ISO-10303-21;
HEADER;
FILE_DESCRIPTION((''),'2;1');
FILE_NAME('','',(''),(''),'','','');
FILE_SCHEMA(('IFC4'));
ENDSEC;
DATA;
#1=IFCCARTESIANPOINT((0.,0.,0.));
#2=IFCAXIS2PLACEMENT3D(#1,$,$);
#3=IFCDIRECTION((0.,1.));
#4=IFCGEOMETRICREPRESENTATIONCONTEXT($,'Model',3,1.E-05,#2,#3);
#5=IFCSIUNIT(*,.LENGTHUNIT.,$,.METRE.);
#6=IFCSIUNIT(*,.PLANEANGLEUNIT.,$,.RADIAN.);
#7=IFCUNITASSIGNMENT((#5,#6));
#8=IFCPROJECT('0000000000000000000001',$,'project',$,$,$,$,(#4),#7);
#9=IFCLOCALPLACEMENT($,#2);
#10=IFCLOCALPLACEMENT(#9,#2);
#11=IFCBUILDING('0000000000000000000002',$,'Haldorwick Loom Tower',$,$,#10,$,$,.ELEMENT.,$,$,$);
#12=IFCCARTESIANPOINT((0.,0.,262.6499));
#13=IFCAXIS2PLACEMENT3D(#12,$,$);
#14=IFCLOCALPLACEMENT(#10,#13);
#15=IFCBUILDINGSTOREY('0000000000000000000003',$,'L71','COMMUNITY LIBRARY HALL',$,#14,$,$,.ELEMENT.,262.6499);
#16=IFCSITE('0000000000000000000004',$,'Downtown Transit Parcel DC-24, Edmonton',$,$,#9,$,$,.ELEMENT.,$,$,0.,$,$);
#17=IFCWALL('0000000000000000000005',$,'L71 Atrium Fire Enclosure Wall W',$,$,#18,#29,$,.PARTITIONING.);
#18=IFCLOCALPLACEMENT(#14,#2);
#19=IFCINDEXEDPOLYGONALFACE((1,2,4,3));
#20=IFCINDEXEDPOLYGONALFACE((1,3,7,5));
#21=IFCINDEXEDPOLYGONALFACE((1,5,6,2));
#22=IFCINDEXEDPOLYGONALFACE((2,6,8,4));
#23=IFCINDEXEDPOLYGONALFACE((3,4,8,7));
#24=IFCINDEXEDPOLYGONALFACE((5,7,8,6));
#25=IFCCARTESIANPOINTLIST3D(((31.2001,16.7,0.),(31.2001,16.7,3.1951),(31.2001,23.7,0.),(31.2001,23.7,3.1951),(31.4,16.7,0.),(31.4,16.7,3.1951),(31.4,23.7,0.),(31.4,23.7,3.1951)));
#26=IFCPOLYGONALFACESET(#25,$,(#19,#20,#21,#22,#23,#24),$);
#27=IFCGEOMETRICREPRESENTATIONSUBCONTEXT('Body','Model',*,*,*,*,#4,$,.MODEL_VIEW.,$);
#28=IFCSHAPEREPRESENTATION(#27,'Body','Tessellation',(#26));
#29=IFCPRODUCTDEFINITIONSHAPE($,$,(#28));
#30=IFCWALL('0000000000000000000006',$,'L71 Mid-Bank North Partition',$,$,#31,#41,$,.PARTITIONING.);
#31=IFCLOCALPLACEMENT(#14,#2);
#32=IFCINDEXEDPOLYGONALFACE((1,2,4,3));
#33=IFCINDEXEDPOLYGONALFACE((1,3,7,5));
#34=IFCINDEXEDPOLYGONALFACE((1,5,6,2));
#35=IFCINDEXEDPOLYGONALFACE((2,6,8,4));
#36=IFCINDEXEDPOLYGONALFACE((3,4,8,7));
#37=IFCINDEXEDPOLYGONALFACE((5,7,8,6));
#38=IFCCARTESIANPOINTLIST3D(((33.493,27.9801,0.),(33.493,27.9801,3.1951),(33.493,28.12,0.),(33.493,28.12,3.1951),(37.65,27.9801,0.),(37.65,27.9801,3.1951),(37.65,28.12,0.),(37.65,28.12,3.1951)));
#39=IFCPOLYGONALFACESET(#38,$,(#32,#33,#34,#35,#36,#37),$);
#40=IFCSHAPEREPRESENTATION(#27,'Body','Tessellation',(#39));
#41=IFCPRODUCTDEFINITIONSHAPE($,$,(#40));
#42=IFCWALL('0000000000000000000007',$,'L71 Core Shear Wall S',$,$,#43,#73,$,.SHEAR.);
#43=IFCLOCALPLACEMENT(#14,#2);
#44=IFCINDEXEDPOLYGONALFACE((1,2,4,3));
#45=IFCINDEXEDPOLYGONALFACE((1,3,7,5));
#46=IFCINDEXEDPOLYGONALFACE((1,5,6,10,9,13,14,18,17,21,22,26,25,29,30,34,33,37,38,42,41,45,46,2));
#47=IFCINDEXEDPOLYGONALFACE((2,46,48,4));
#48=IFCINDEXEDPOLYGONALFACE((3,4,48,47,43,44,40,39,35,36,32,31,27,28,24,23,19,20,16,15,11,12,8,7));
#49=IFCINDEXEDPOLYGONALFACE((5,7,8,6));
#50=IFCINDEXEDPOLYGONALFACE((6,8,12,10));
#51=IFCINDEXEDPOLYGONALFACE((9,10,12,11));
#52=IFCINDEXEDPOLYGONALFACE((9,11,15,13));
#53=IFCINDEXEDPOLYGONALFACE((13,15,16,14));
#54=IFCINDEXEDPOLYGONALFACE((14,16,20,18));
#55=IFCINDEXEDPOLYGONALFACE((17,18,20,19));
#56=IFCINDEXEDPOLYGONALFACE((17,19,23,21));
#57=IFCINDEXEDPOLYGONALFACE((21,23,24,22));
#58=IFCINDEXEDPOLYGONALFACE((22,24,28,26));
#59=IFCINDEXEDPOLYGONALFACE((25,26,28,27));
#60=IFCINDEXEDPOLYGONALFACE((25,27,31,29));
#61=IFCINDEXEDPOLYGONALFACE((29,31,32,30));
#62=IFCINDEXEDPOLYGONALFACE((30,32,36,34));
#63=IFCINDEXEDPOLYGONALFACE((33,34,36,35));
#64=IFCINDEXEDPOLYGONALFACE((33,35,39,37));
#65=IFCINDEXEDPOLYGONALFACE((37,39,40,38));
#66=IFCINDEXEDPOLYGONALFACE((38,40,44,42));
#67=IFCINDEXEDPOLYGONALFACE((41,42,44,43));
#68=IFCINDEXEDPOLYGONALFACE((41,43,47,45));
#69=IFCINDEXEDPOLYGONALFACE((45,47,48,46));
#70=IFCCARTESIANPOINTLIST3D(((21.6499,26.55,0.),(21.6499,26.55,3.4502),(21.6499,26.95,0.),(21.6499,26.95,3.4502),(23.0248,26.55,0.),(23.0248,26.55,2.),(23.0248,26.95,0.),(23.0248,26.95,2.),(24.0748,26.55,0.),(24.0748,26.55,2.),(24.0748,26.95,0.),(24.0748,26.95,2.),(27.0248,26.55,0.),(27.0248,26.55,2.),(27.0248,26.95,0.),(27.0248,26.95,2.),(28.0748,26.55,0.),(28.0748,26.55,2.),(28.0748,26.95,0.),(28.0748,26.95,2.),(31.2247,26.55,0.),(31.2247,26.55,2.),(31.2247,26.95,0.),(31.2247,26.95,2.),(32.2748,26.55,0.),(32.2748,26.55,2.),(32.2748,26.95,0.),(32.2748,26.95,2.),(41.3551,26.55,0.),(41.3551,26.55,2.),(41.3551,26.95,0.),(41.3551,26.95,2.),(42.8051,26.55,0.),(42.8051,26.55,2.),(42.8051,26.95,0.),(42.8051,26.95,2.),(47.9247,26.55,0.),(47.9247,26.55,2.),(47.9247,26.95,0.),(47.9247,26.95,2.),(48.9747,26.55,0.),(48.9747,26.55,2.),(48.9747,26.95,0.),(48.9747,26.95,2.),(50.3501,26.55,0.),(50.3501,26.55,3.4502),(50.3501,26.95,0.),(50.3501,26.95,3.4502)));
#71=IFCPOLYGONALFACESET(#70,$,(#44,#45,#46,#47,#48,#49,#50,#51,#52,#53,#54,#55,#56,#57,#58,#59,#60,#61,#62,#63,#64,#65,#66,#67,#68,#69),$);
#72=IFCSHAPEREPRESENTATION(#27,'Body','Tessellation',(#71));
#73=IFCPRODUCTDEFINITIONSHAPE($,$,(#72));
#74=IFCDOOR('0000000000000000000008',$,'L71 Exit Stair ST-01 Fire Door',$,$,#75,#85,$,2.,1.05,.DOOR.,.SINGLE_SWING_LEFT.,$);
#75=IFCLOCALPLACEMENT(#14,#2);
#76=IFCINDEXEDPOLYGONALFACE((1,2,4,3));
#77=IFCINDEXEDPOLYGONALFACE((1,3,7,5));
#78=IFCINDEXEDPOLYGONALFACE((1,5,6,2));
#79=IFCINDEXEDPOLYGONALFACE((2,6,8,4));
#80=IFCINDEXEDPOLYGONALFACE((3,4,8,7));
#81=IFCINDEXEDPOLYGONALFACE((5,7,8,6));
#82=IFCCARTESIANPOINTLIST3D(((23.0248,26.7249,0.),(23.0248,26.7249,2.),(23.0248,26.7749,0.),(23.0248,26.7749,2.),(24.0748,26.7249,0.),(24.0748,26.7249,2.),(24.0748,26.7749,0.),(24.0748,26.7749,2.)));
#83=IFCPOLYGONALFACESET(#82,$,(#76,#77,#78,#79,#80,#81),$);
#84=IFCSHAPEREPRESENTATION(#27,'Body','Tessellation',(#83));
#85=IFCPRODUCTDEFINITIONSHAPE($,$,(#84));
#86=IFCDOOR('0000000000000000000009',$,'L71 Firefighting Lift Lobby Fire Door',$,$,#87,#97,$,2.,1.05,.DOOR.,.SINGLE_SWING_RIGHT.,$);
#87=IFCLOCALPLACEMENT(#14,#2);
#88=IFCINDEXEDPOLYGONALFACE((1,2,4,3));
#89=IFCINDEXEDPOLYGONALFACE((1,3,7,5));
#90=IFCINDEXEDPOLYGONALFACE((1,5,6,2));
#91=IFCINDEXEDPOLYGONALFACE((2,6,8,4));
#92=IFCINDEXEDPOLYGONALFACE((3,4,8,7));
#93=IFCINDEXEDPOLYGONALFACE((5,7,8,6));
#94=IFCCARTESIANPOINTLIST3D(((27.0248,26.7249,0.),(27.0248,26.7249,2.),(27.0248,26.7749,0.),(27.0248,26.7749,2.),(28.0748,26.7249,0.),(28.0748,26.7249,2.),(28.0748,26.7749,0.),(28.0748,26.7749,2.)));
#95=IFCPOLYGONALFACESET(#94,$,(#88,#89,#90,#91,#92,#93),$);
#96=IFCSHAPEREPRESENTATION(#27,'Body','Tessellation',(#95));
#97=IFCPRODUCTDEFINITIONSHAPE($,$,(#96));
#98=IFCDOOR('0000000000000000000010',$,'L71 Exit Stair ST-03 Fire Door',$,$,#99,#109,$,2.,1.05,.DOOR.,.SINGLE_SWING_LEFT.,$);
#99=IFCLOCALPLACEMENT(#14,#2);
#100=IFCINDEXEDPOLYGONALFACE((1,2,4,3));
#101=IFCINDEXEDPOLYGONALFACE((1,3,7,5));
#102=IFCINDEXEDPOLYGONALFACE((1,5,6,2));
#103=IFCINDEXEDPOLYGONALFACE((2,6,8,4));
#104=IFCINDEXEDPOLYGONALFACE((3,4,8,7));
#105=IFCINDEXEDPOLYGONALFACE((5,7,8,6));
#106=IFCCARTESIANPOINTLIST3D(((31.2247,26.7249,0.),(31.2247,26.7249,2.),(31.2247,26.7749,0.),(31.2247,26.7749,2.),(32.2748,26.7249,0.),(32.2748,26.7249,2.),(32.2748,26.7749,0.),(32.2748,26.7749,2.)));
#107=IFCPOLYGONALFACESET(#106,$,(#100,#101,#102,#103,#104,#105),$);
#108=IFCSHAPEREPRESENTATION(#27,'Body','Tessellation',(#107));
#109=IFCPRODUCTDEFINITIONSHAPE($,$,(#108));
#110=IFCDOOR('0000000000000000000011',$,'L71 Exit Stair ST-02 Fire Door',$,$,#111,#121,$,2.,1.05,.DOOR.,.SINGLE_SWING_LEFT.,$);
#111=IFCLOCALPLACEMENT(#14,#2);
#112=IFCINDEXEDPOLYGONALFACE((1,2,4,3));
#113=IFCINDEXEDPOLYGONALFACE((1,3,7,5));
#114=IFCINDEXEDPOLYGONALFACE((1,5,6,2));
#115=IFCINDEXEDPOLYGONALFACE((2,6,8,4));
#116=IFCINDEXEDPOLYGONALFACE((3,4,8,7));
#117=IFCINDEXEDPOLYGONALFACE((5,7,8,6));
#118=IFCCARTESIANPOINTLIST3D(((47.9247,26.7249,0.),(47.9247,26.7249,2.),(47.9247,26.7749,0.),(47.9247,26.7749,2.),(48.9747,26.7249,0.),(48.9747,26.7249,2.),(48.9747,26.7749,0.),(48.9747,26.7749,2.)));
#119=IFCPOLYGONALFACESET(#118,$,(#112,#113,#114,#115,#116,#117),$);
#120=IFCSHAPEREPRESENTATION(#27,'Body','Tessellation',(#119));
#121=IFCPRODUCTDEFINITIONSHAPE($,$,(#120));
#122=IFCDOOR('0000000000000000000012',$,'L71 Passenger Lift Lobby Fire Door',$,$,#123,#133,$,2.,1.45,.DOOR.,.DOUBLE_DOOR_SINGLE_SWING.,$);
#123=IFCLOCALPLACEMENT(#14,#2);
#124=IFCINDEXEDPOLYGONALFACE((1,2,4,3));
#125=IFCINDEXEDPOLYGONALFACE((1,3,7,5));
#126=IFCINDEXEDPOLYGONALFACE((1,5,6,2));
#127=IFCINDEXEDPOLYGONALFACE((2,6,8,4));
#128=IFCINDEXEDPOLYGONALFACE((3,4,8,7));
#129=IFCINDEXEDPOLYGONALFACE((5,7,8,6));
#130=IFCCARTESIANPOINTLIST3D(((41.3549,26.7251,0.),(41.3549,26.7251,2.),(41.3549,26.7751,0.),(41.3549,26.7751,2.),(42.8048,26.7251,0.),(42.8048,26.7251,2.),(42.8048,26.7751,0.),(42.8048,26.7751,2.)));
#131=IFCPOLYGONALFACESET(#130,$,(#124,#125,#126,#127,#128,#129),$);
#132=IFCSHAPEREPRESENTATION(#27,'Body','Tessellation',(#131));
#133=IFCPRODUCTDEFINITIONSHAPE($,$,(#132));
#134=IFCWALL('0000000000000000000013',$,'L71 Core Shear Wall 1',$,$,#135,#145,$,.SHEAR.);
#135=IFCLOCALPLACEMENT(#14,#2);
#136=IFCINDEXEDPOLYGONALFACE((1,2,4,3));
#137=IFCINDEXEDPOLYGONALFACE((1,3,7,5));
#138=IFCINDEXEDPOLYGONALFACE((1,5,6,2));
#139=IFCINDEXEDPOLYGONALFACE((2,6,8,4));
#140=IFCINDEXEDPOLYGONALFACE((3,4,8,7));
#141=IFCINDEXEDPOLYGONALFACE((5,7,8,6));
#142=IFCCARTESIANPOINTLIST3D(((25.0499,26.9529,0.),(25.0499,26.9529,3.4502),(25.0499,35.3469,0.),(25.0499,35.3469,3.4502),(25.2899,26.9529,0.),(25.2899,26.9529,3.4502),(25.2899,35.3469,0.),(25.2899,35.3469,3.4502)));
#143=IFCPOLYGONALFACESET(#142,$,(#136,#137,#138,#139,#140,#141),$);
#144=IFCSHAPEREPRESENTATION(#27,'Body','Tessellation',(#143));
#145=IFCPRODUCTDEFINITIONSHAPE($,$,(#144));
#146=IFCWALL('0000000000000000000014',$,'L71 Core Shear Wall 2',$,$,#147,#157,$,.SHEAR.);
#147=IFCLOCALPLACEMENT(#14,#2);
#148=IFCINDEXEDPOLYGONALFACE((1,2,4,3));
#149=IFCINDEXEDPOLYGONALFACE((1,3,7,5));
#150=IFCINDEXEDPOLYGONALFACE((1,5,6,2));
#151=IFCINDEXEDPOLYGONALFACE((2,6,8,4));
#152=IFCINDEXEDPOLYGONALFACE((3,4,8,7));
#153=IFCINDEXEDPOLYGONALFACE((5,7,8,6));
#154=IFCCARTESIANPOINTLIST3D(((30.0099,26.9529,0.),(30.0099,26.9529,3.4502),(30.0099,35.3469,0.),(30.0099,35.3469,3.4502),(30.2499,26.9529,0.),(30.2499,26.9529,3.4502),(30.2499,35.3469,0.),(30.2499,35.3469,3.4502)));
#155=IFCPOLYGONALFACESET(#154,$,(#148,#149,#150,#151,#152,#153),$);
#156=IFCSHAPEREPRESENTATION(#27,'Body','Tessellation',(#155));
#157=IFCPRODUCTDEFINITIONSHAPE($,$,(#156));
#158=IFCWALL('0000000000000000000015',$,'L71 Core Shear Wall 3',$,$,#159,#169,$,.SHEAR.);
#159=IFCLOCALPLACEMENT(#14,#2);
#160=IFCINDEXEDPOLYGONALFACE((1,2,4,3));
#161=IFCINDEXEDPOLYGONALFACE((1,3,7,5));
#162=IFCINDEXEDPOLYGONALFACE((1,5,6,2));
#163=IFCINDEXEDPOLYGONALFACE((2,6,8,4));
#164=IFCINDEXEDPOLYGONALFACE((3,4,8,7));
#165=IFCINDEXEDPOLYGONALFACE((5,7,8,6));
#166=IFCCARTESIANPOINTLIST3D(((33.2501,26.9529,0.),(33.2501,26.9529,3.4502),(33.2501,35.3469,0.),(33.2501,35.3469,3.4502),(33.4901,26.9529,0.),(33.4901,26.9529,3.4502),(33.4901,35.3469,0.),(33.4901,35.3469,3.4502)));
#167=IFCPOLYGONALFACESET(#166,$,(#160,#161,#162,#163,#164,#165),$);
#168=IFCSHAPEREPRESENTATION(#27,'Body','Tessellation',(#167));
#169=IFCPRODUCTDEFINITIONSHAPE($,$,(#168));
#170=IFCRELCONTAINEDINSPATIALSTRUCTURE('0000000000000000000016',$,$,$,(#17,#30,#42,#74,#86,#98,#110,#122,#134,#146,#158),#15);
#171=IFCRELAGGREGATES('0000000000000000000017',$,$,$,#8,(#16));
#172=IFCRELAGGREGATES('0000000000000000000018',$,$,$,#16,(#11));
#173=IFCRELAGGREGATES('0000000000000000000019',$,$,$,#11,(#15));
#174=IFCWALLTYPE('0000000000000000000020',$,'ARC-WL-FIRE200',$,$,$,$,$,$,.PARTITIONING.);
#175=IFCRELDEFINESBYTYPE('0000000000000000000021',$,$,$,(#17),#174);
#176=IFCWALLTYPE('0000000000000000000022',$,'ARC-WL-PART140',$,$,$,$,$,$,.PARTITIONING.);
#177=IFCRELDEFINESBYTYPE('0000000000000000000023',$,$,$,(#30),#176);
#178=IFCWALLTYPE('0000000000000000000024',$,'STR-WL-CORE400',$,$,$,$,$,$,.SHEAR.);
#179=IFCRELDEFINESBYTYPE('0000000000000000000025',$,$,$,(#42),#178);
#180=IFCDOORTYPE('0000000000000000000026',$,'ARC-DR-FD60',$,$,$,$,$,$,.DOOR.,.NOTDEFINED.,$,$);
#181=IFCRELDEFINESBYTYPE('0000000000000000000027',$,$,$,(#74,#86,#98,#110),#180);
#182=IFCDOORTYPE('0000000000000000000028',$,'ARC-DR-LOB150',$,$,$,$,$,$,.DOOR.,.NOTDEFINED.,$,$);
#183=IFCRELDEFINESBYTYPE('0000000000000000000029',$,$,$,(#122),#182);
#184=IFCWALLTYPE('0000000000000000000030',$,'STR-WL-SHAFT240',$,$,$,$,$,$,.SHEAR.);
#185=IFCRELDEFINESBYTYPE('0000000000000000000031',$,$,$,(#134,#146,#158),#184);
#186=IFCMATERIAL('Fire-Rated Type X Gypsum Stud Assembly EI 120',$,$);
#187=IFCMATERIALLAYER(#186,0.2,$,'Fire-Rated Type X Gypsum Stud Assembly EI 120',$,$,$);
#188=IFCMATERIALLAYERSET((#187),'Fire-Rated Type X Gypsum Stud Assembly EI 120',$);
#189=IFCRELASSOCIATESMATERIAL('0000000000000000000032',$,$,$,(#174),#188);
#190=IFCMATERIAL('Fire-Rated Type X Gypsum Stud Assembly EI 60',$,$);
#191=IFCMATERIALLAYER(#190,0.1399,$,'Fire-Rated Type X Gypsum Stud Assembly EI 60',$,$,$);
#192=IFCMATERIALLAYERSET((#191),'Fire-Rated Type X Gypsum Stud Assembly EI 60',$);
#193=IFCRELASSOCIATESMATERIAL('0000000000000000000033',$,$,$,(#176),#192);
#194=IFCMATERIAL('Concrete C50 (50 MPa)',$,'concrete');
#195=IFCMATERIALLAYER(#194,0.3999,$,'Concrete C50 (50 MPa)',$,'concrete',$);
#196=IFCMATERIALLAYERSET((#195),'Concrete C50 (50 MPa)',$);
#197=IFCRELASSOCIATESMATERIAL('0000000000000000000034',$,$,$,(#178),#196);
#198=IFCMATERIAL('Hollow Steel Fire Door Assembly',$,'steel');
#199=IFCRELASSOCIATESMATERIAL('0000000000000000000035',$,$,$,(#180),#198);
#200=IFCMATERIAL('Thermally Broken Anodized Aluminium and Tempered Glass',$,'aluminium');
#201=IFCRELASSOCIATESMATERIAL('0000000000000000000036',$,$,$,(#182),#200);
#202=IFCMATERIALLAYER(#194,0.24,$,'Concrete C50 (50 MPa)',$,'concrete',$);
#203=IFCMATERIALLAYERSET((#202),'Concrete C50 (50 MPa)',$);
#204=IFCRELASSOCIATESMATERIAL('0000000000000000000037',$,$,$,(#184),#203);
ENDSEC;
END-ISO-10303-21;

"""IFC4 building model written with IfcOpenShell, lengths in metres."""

from ifc_helpers import new_model, si_unit, direction, frame, frame_2d, origin, place, context, subcontext, project, spatial, rectangle, extrude, material, layer, layer_set, type_object, element, fill, save


model = new_model("IFC4")

# Units and contexts
model_context = context("Model", 3, precision=1e-05, world=origin(), true_north=direction((0.0, 1.0)))
body_context = subcontext(model_context, "Body", "Model", "MODEL_VIEW")
ifc_project = project(units=[si_unit("LENGTHUNIT", "METRE"), si_unit("PLANEANGLEUNIT", "RADIAN")], contexts=[model_context])

# Site, building, storey
site_placement = place(None, origin())
site = spatial("IfcSite", under=ifc_project, at=site_placement, Name="Downtown Transit Parcel DC-24, Edmonton", CompositionType="ELEMENT", RefElevation=0.0)
building_placement = place(site_placement, origin())
building = spatial("IfcBuilding", under=site, at=building_placement, Name="Haldorwick Loom Tower", CompositionType="ELEMENT")
storey_placement = place(building_placement, frame((0.0, 0.0, 262.6499)))
storey = spatial("IfcBuildingStorey", under=building, at=storey_placement, Name="L71", Description="COMMUNITY LIBRARY HALL", CompositionType="ELEMENT", Elevation=262.6499)

# Shared definitions
ifc_material_1 = material(Name="Concrete C50 (50 MPa)", Category="concrete")

# Walls
ifc_material_2 = material(Name="Fire-Rated Type X Gypsum Stud Assembly EI 60")
ifc_material_3 = material(Name="Fire-Rated Type X Gypsum Stud Assembly EI 120")
ifc_layer_1 = layer(ifc_material_3, 0.2, Name="Fire-Rated Type X Gypsum Stud Assembly EI 120")
ifc_layer_set_1 = layer_set([ifc_layer_1], Name="Fire-Rated Type X Gypsum Stud Assembly EI 120")
wall_type_1 = type_object("IfcWallType", Name="ARC-WL-FIRE200", PredefinedType="PARTITIONING", material=ifc_layer_set_1)
wall_1_placement = place(storey_placement, frame((31.3, 16.7, 0.0), z_axis=(0.0, 0.0, 1.0), x_axis=(0.0, 1.0, 0.0)))
element("IfcWall", 1, at=wall_1_placement, inside=storey, type_object=wall_type_1, Name="L71 Atrium Fire Enclosure Wall W", PredefinedType="PARTITIONING", context=body_context, shape_type="SweptSolid", body=[
    extrude(rectangle(XDim=7.0, YDim=0.2, at=frame_2d((3.5, 0.0))), origin(), (0.0, 0.0, 1.0), 3.1951),
])
ifc_layer_2 = layer(ifc_material_2, 0.1399, Name="Fire-Rated Type X Gypsum Stud Assembly EI 60")
ifc_layer_set_2 = layer_set([ifc_layer_2], Name="Fire-Rated Type X Gypsum Stud Assembly EI 60")
wall_type_2 = type_object("IfcWallType", Name="ARC-WL-PART140", PredefinedType="PARTITIONING", material=ifc_layer_set_2)
wall_2_placement = place(storey_placement, frame((33.4929, 28.05, 0.0), z_axis=(0.0, 0.0, 1.0), x_axis=(1.0, 0.0, 0.0)))
element("IfcWall", 2, at=wall_2_placement, inside=storey, type_object=wall_type_2, Name="L71 Mid-Bank North Partition", PredefinedType="PARTITIONING", context=body_context, shape_type="SweptSolid", body=[
    extrude(rectangle(XDim=4.157, YDim=0.1399, at=frame_2d((2.0786, 0.0))), origin(), (0.0, 0.0, 1.0), 3.1951),
])

# Wall, openings, doors
ifc_layer_3 = layer(ifc_material_1, 0.3999, Name="Concrete C50 (50 MPa)", Category="concrete")
ifc_layer_set_3 = layer_set([ifc_layer_3], Name="Concrete C50 (50 MPa)")
wall_type_3 = type_object("IfcWallType", Name="STR-WL-CORE400", PredefinedType="SHEAR", material=ifc_layer_set_3)
wall_3_placement = place(storey_placement, frame((21.6499, 26.75, 0.0), z_axis=(0.0, 0.0, 1.0), x_axis=(1.0, 0.0, 0.0)))
wall_3 = element("IfcWall", 3, at=wall_3_placement, inside=storey, type_object=wall_type_3, Name="L71 Core Shear Wall S", PredefinedType="SHEAR", context=body_context, shape_type="SweptSolid", body=[
    extrude(rectangle(XDim=28.7002, YDim=0.3999, at=frame_2d((14.3501, 0.0))), origin(), (0.0, 0.0, 1.0), 3.4502),
])
opening_1_placement = place(wall_3_placement, frame((1.375, 0.0, 0.0)))
opening_1 = element("IfcOpeningElement", 4, at=opening_1_placement, cuts=wall_3, PredefinedType="OPENING", context=body_context, shape_type="SweptSolid", body=[
    extrude(rectangle(XDim=1.05, YDim=2.0, at=frame_2d((0.5249, 1.0))), frame((0.0, 0.21, 0.0), z_axis=(0.0, -1.0, 0.0), x_axis=(1.0, 0.0, 0.0)), (0.0, 0.0, 1.0), 0.4199),
])
opening_2_placement = place(wall_3_placement, frame((5.375, 0.0, 0.0)))
opening_2 = element("IfcOpeningElement", 5, at=opening_2_placement, cuts=wall_3, PredefinedType="OPENING", context=body_context, shape_type="SweptSolid", body=[
    extrude(rectangle(XDim=1.05, YDim=2.0, at=frame_2d((0.5249, 1.0))), frame((0.0, 0.21, 0.0), z_axis=(0.0, -1.0, 0.0), x_axis=(1.0, 0.0, 0.0)), (0.0, 0.0, 1.0), 0.4199),
])
opening_3_placement = place(wall_3_placement, frame((9.575, 0.0, 0.0)))
opening_3 = element("IfcOpeningElement", 6, at=opening_3_placement, cuts=wall_3, PredefinedType="OPENING", context=body_context, shape_type="SweptSolid", body=[
    extrude(rectangle(XDim=1.05, YDim=2.0, at=frame_2d((0.5249, 1.0))), frame((0.0, 0.21, 0.0), z_axis=(0.0, -1.0, 0.0), x_axis=(1.0, 0.0, 0.0)), (0.0, 0.0, 1.0), 0.4199),
])
opening_4_placement = place(wall_3_placement, frame((19.7051, 0.0, 0.0)))
opening_4 = element("IfcOpeningElement", 7, at=opening_4_placement, cuts=wall_3, PredefinedType="OPENING", context=body_context, shape_type="SweptSolid", body=[
    extrude(rectangle(XDim=1.45, YDim=2.0, at=frame_2d((0.7251, 1.0))), frame((0.0, 0.21, 0.0), z_axis=(0.0, -1.0, 0.0), x_axis=(1.0, 0.0, 0.0)), (0.0, 0.0, 1.0), 0.4199),
])
opening_5_placement = place(wall_3_placement, frame((26.2749, 0.0, 0.0)))
opening_5 = element("IfcOpeningElement", 8, at=opening_5_placement, cuts=wall_3, PredefinedType="OPENING", context=body_context, shape_type="SweptSolid", body=[
    extrude(rectangle(XDim=1.05, YDim=2.0, at=frame_2d((0.5249, 1.0))), frame((0.0, 0.21, 0.0), z_axis=(0.0, -1.0, 0.0), x_axis=(1.0, 0.0, 0.0)), (0.0, 0.0, 1.0), 0.4199),
])
ifc_material_4 = material(Name="Hollow Steel Fire Door Assembly", Category="steel")
door_type_1 = type_object("IfcDoorType", Name="ARC-DR-FD60", OperationType="NOTDEFINED", PredefinedType="DOOR", material=ifc_material_4)
door_1_placement = place(opening_1_placement, origin())
door_1 = element("IfcDoor", 9, at=door_1_placement, inside=storey, type_object=door_type_1, Name="L71 Exit Stair ST-01 Fire Door", OperationType="SINGLE_SWING_LEFT", OverallHeight=2.0, OverallWidth=1.05, PredefinedType="DOOR", context=body_context, shape_type="SweptSolid", body=[
    extrude(rectangle(XDim=1.05, YDim=2.0, at=frame_2d((0.5249, 1.0))), frame((0.0, 0.0249, 0.0), z_axis=(0.0, -1.0, 0.0), x_axis=(1.0, 0.0, 0.0)), (0.0, 0.0, 1.0), 0.05),
])
fill(opening_1, door_1)
door_2_placement = place(opening_2_placement, origin())
door_2 = element("IfcDoor", 10, at=door_2_placement, inside=storey, type_object=door_type_1, Name="L71 Firefighting Lift Lobby Fire Door", OperationType="SINGLE_SWING_RIGHT", OverallHeight=2.0, OverallWidth=1.05, PredefinedType="DOOR", context=body_context, shape_type="SweptSolid", body=[
    extrude(rectangle(XDim=1.05, YDim=2.0, at=frame_2d((0.5249, 1.0))), frame((0.0, 0.0249, 0.0), z_axis=(0.0, -1.0, 0.0), x_axis=(1.0, 0.0, 0.0)), (0.0, 0.0, 1.0), 0.05),
])
fill(opening_2, door_2)
door_3_placement = place(opening_3_placement, origin())
door_3 = element("IfcDoor", 11, at=door_3_placement, inside=storey, type_object=door_type_1, Name="L71 Exit Stair ST-03 Fire Door", OperationType="SINGLE_SWING_LEFT", OverallHeight=2.0, OverallWidth=1.05, PredefinedType="DOOR", context=body_context, shape_type="SweptSolid", body=[
    extrude(rectangle(XDim=1.05, YDim=2.0, at=frame_2d((0.5249, 1.0))), frame((0.0, 0.0249, 0.0), z_axis=(0.0, -1.0, 0.0), x_axis=(1.0, 0.0, 0.0)), (0.0, 0.0, 1.0), 0.05),
])
fill(opening_3, door_3)
door_4_placement = place(opening_5_placement, origin())
door_4 = element("IfcDoor", 12, at=door_4_placement, inside=storey, type_object=door_type_1, Name="L71 Exit Stair ST-02 Fire Door", OperationType="SINGLE_SWING_LEFT", OverallHeight=2.0, OverallWidth=1.05, PredefinedType="DOOR", context=body_context, shape_type="SweptSolid", body=[
    extrude(rectangle(XDim=1.05, YDim=2.0, at=frame_2d((0.5249, 1.0))), frame((0.0, 0.0249, 0.0), z_axis=(0.0, -1.0, 0.0), x_axis=(1.0, 0.0, 0.0)), (0.0, 0.0, 1.0), 0.05),
])
fill(opening_5, door_4)
ifc_material_5 = material(Name="Thermally Broken Anodized Aluminium and Tempered Glass", Category="aluminium")
door_type_2 = type_object("IfcDoorType", Name="ARC-DR-LOB150", OperationType="NOTDEFINED", PredefinedType="DOOR", material=ifc_material_5)
door_5_placement = place(opening_4_placement, frame((1.45, 0.0, 0.0), z_axis=(0.0, 0.0, 1.0), x_axis=(-1.0, 0.0, 0.0)))
door_5 = element("IfcDoor", 13, at=door_5_placement, inside=storey, type_object=door_type_2, Name="L71 Passenger Lift Lobby Fire Door", OperationType="DOUBLE_DOOR_SINGLE_SWING", OverallHeight=2.0, OverallWidth=1.45, PredefinedType="DOOR", context=body_context, shape_type="SweptSolid", body=[
    extrude(rectangle(XDim=1.45, YDim=2.0, at=frame_2d((0.7251, 1.0))), frame((0.0, 0.0249, 0.0), z_axis=(0.0, -1.0, 0.0), x_axis=(1.0, 0.0, 0.0)), (0.0, 0.0, 1.0), 0.05),
])
fill(opening_4, door_5)

# Walls
ifc_layer_4 = layer(ifc_material_1, 0.24, Name="Concrete C50 (50 MPa)", Category="concrete")
ifc_layer_set_4 = layer_set([ifc_layer_4], Name="Concrete C50 (50 MPa)")
wall_type_4 = type_object("IfcWallType", Name="STR-WL-SHAFT240", PredefinedType="SHEAR", material=ifc_layer_set_4)
for number, where, z_axis, x_axis, name in (
    (14, (25.1699, 26.9529, 0.0), (0.0, 0.0, 1.0), (0.0, 1.0, 0.0), "L71 Core Shear Wall 1"),
    (15, (30.1299, 26.9529, 0.0), (0.0, 0.0, 1.0), (0.0, 1.0, 0.0), "L71 Core Shear Wall 2"),
    (16, (33.3701, 26.9529, 0.0), (0.0, 0.0, 1.0), (0.0, 1.0, 0.0), "L71 Core Shear Wall 3"),
):
    element("IfcWall", number, at=place(storey_placement, frame(where, z_axis=z_axis, x_axis=x_axis)), inside=storey, type_object=wall_type_4, Name=name, PredefinedType="SHEAR", context=body_context, shape_type="SweptSolid", body=[
        extrude(rectangle(XDim=8.394, YDim=0.24, at=frame_2d((4.197, 0.0))), origin(), (0.0, 0.0, 1.0), 3.4502),
    ])

save(model, "model.ifc")
